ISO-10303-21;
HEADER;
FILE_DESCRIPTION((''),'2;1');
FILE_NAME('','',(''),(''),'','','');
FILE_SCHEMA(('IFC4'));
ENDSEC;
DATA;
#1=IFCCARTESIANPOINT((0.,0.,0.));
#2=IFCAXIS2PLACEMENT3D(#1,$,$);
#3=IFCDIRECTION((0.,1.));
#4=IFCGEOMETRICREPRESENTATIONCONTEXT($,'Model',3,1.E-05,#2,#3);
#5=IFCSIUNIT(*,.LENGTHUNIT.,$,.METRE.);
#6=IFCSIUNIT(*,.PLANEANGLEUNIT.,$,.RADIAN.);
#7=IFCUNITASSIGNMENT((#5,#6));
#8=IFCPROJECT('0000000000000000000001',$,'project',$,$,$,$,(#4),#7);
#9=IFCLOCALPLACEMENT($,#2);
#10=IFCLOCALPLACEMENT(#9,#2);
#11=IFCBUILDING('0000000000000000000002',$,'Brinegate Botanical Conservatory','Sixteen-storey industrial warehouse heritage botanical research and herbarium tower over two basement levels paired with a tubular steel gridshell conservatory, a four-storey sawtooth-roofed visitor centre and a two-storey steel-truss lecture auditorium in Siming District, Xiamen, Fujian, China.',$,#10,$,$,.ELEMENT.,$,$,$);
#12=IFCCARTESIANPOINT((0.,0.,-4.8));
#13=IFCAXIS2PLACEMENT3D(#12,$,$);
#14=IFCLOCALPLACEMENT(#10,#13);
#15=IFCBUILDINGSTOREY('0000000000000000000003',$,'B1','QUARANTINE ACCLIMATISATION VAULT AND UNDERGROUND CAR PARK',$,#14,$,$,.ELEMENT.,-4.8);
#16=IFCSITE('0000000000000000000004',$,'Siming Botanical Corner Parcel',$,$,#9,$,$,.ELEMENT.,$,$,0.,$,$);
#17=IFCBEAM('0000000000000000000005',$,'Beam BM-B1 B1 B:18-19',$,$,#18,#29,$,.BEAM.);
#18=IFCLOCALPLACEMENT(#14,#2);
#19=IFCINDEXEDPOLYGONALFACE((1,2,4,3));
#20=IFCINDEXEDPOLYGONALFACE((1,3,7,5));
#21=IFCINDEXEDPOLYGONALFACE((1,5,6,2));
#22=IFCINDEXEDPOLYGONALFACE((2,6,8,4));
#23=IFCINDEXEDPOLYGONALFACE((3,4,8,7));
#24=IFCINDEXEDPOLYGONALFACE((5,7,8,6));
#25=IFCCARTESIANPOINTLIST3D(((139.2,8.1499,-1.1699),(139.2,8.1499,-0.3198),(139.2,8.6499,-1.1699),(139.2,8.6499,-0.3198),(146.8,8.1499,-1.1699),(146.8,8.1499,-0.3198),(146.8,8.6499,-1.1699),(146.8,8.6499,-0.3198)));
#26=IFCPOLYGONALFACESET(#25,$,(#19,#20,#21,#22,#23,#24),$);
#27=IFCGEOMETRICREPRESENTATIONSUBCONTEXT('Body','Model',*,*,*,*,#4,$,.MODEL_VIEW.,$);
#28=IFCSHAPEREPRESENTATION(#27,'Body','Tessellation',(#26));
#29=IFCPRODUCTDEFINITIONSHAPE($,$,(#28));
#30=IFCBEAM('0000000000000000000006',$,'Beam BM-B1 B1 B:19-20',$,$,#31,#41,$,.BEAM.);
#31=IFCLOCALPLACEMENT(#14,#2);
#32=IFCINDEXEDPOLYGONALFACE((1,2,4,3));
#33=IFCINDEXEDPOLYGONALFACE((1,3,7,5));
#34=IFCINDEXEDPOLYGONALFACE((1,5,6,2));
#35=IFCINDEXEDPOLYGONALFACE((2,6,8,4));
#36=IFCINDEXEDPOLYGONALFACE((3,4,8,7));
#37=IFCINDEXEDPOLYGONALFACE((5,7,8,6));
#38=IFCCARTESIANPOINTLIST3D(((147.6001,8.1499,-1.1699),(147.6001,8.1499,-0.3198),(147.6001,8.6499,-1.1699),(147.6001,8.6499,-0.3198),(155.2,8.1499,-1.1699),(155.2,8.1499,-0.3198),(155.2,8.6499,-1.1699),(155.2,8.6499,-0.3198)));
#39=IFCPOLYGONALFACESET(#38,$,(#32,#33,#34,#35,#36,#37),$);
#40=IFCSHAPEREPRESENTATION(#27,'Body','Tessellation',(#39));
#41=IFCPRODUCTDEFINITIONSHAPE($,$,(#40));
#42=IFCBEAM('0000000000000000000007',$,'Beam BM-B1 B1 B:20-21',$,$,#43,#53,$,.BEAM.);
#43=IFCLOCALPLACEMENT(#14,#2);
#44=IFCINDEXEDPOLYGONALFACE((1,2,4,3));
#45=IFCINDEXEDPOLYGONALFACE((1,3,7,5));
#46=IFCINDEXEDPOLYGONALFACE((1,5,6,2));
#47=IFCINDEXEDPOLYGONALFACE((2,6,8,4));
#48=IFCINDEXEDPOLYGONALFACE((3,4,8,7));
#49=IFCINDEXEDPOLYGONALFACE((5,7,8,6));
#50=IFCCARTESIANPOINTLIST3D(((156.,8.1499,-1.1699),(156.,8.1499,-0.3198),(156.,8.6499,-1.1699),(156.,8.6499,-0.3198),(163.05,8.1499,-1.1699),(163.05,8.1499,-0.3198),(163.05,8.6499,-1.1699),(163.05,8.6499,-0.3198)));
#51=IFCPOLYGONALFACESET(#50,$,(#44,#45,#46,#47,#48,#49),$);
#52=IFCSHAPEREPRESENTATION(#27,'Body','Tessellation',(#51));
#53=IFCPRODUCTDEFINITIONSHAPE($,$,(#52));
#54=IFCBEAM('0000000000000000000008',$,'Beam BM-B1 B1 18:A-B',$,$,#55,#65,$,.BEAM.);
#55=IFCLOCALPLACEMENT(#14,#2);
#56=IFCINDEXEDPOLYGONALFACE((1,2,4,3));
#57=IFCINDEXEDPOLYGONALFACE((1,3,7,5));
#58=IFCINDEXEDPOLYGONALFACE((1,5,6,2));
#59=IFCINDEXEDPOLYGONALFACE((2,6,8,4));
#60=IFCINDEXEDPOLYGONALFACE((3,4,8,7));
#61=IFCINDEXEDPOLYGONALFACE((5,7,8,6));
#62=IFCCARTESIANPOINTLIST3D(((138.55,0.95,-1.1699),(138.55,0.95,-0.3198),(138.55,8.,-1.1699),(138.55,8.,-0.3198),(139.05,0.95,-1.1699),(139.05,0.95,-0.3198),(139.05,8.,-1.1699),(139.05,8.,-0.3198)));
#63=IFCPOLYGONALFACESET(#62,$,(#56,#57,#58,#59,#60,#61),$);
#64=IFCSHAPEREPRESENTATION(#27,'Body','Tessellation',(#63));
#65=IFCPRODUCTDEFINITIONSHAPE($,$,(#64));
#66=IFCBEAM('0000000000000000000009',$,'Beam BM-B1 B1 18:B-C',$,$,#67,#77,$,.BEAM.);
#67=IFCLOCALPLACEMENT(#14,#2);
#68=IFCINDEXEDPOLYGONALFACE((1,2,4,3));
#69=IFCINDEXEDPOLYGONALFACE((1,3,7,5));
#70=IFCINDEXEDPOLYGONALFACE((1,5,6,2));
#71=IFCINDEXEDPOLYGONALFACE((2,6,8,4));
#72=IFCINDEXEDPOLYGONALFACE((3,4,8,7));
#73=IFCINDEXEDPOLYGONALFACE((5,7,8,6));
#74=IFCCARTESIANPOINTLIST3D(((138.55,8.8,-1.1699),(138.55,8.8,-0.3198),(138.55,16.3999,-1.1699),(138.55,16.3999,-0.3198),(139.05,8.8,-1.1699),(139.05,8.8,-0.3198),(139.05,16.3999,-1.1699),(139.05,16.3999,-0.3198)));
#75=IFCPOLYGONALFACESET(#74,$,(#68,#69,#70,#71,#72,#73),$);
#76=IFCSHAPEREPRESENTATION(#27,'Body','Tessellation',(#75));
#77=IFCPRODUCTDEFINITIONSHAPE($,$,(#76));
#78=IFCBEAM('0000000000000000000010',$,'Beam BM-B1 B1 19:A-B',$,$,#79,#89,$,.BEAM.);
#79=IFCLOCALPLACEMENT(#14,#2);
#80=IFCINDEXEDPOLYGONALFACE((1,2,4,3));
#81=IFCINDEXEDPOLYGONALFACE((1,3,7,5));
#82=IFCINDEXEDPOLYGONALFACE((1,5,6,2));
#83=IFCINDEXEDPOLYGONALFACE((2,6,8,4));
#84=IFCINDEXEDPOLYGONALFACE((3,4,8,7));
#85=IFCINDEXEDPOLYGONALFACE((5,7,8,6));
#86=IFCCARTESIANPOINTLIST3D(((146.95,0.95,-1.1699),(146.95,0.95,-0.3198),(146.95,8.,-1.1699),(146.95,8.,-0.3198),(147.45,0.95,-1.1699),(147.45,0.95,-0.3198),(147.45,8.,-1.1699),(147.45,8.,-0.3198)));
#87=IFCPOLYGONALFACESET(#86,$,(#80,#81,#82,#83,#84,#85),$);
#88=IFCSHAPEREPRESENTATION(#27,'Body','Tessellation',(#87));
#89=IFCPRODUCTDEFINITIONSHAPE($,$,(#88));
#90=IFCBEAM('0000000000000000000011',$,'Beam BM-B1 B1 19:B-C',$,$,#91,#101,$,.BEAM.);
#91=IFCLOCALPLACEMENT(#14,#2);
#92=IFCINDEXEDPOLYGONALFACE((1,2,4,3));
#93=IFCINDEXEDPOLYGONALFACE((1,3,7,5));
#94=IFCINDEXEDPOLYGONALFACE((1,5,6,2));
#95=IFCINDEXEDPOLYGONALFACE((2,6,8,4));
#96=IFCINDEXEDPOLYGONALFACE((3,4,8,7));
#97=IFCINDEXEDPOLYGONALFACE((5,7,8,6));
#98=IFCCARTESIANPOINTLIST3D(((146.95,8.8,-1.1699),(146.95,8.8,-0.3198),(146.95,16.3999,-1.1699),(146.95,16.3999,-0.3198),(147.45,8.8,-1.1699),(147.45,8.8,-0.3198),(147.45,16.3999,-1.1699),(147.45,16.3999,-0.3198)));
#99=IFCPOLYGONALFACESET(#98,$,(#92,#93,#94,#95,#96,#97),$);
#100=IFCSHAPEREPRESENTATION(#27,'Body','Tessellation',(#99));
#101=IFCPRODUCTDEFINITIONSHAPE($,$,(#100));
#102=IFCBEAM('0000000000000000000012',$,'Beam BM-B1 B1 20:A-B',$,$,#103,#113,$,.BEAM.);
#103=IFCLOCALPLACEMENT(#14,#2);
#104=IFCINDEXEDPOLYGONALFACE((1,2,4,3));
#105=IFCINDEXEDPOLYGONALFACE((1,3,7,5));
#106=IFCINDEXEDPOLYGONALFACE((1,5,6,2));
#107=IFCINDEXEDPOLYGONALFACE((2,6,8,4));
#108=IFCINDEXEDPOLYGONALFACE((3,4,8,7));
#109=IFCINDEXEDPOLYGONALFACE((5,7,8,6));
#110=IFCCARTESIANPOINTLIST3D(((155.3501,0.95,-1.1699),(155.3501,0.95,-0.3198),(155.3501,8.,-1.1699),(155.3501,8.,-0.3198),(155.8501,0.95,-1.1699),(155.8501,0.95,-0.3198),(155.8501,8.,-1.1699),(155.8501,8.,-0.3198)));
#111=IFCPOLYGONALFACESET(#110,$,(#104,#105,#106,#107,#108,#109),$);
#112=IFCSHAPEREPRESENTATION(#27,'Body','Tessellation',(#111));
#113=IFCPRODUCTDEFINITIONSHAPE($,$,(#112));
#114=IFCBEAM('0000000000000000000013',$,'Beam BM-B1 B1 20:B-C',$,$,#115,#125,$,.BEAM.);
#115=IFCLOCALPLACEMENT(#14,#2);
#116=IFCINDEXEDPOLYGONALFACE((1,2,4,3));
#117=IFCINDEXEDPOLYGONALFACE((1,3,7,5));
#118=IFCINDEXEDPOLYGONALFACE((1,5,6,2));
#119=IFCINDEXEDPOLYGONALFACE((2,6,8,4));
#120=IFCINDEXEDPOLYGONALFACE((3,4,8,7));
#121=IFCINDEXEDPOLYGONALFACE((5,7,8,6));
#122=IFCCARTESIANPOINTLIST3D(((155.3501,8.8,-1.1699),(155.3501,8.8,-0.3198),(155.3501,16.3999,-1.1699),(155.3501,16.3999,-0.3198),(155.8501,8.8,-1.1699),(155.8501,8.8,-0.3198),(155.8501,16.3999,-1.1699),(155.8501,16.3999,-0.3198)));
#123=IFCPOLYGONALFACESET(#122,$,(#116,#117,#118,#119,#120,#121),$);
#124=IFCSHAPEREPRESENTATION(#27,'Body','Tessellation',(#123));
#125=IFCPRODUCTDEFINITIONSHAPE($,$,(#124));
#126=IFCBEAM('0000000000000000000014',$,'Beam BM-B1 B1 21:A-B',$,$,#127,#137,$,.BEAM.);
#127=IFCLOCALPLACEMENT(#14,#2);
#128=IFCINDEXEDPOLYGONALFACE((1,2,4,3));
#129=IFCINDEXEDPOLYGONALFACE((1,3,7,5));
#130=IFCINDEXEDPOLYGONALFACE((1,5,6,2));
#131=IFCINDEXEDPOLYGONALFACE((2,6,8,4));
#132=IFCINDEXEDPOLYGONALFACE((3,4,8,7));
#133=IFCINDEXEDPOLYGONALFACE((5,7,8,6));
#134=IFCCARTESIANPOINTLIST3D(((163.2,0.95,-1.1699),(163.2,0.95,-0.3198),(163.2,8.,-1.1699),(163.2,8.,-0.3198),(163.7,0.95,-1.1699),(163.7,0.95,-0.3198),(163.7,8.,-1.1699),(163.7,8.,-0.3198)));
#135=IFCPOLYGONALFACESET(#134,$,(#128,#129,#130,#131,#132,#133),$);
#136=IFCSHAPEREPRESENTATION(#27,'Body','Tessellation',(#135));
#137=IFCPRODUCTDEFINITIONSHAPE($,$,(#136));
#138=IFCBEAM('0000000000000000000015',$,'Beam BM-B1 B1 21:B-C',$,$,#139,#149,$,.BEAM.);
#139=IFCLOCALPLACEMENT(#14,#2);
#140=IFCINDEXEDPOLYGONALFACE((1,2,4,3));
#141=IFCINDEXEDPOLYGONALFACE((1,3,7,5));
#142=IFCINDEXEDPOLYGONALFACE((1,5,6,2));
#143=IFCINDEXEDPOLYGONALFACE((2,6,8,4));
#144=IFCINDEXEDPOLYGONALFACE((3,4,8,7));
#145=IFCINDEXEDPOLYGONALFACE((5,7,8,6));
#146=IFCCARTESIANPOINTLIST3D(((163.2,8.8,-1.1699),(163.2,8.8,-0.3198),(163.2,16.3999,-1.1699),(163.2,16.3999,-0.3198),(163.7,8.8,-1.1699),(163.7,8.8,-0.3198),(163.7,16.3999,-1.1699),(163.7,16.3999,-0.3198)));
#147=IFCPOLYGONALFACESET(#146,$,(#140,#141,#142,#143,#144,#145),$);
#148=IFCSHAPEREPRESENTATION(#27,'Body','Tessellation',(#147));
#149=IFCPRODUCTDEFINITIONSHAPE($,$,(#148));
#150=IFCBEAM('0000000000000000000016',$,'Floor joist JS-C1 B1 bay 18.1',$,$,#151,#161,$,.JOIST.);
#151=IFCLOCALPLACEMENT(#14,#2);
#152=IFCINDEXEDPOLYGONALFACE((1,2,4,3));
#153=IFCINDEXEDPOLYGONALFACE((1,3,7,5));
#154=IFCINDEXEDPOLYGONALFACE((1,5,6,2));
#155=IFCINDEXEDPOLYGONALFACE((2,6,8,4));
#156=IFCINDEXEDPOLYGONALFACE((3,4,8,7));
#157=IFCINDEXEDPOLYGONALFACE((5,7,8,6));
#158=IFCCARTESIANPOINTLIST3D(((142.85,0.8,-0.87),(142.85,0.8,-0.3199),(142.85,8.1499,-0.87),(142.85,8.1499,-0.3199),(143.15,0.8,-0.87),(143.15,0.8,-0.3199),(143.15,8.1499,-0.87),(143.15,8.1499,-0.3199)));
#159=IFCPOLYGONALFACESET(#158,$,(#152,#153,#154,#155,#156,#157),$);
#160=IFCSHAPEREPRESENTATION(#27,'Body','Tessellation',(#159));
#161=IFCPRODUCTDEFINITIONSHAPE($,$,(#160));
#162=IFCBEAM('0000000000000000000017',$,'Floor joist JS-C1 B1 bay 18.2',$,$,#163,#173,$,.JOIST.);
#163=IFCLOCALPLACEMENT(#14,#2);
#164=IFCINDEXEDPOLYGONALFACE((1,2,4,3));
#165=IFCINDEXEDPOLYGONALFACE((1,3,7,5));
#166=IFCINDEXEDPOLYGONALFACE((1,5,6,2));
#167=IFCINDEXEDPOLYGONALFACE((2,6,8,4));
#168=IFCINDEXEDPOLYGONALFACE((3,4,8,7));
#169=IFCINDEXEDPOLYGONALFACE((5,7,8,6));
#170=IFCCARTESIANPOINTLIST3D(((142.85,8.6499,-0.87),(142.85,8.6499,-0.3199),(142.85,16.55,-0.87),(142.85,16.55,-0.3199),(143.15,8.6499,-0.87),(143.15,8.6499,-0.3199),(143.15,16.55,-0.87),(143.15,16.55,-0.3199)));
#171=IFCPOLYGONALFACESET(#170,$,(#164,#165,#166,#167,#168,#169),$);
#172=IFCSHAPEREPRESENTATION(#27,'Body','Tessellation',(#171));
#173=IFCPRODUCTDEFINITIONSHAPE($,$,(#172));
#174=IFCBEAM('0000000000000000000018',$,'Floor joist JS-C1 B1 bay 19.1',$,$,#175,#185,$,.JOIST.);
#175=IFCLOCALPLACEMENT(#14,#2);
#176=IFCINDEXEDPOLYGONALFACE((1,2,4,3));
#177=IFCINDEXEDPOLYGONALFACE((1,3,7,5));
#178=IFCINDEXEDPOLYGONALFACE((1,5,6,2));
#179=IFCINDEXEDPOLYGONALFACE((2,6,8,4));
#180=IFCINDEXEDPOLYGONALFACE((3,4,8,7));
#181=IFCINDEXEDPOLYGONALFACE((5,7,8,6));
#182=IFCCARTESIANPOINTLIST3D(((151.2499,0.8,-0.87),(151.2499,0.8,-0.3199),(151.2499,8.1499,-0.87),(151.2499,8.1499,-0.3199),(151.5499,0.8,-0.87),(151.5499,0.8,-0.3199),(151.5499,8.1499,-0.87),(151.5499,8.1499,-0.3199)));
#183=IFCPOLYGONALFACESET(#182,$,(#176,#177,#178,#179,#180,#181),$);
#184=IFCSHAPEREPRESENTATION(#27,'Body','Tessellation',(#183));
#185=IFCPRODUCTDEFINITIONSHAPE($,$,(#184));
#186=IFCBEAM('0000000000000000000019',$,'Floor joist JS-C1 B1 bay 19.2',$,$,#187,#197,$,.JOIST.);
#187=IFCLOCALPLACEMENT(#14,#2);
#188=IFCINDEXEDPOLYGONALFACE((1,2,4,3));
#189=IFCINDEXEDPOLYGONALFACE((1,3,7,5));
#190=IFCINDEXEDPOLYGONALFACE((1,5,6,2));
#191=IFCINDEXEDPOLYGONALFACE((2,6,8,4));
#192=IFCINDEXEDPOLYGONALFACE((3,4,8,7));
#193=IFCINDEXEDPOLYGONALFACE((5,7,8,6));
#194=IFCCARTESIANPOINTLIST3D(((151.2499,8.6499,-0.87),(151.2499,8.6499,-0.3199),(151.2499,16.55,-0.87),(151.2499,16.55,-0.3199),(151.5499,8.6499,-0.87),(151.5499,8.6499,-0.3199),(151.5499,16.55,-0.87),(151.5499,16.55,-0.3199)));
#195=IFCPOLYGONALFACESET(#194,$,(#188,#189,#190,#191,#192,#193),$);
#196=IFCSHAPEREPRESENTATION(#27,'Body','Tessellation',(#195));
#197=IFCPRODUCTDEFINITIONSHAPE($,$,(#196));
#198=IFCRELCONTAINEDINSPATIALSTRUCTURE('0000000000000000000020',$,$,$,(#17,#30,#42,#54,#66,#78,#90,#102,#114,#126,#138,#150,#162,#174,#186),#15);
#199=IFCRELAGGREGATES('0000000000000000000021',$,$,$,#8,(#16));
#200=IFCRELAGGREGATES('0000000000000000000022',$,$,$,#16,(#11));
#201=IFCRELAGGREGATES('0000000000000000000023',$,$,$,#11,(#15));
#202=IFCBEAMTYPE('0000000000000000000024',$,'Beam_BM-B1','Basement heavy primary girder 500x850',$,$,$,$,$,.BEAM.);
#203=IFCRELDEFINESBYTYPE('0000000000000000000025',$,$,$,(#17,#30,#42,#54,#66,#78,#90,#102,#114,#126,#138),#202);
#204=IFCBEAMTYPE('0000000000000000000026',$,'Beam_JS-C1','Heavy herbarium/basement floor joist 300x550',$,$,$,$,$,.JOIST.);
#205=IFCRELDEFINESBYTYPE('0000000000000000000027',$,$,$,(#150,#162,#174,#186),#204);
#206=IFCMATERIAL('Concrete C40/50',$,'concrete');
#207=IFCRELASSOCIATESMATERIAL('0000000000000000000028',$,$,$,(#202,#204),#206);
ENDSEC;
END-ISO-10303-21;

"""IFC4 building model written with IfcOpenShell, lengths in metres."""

from ifc_helpers import new_model, si_unit, direction, frame, origin, origin_2d, place, context, subcontext, project, spatial, rectangle, extrude, material, material_profile, profile_set, type_object, element, save


model = new_model("IFC4")

# Units and contexts
model_context = context("Model", 3, precision=1e-05, world=origin(), true_north=direction((0.0, 1.0)))
body_context = subcontext(model_context, "Body", "Model", "MODEL_VIEW")
ifc_project = project(units=[si_unit("LENGTHUNIT", "METRE"), si_unit("PLANEANGLEUNIT", "RADIAN")], contexts=[model_context])

# Site, building, storey
site_placement = place(None, origin())
site = spatial("IfcSite", under=ifc_project, at=site_placement, Name="Siming Botanical Corner Parcel", CompositionType="ELEMENT", RefElevation=0.0)
building_placement = place(site_placement, origin())
building = spatial("IfcBuilding", under=site, at=building_placement, Name="Brinegate Botanical Conservatory", Description="Sixteen-storey industrial warehouse heritage botanical research and herbarium tower over two basement levels paired with a tubular steel gridshell conservatory, a four-storey sawtooth-roofed visitor centre and a two-storey steel-truss lecture auditorium in Siming District, Xiamen, Fujian, China.", CompositionType="ELEMENT")
storey_placement = place(building_placement, frame((0.0, 0.0, -4.8)))
storey = spatial("IfcBuildingStorey", under=building, at=storey_placement, Name="B1", Description="QUARANTINE ACCLIMATISATION VAULT AND UNDERGROUND CAR PARK", CompositionType="ELEMENT", Elevation=-4.8)

# Shared definitions
ifc_material_1 = material(Name="Concrete C40/50", Category="concrete")

# Beams
ifc_material_profile_1 = material_profile(ifc_material_1, rectangle(XDim=0.5, YDim=0.8501, at=origin_2d()), Name="RC BM 500x850")
ifc_profile_set_1 = profile_set([ifc_material_profile_1], Name="Concrete C40/50")
beam_type_1 = type_object("IfcBeamType", Name="Beam_BM-B1", Description="Basement heavy primary girder 500x850", PredefinedType="BEAM", material=ifc_profile_set_1)
beam_1_placement = place(storey_placement, frame((139.2, 8.3999, -0.7449), z_axis=(1.0, 0.0, 0.0), x_axis=(0.0, 1.0, 0.0)))
element("IfcBeam", 1, at=beam_1_placement, inside=storey, type_object=beam_type_1, Name="Beam BM-B1 B1 B:18-19", PredefinedType="BEAM", context=body_context, shape_type="SweptSolid", body=[
    extrude(rectangle(XDim=0.5, YDim=0.8501, at=origin_2d()), origin(), (0.0, 0.0, 1.0), 7.6001),
])
beam_2_placement = place(storey_placement, frame((147.6001, 8.3999, -0.7449), z_axis=(1.0, 0.0, 0.0), x_axis=(0.0, 1.0, 0.0)))
element("IfcBeam", 2, at=beam_2_placement, inside=storey, type_object=beam_type_1, Name="Beam BM-B1 B1 B:19-20", PredefinedType="BEAM", context=body_context, shape_type="SweptSolid", body=[
    extrude(rectangle(XDim=0.5, YDim=0.8501, at=origin_2d()), origin(), (0.0, 0.0, 1.0), 7.5999),
])
for number, where, z_axis, x_axis, name in (
    (3, (156.0, 8.3999, -0.7449), (1.0, 0.0, 0.0), (0.0, 1.0, 0.0), "Beam BM-B1 B1 B:20-21"),
    (4, (138.8, 0.95, -0.7449), (0.0, 1.0, 0.0), (-1.0, 0.0, 0.0), "Beam BM-B1 B1 18:A-B"),
):
    element("IfcBeam", number, at=place(storey_placement, frame(where, z_axis=z_axis, x_axis=x_axis)), inside=storey, type_object=beam_type_1, Name=name, PredefinedType="BEAM", context=body_context, shape_type="SweptSolid", body=[
        extrude(rectangle(XDim=0.5, YDim=0.8501, at=origin_2d()), origin(), (0.0, 0.0, 1.0), 7.05),
    ])
beam_3_placement = place(storey_placement, frame((138.8, 8.8, -0.7449), z_axis=(0.0, 1.0, 0.0), x_axis=(-1.0, 0.0, 0.0)))
element("IfcBeam", 5, at=beam_3_placement, inside=storey, type_object=beam_type_1, Name="Beam BM-B1 B1 18:B-C", PredefinedType="BEAM", context=body_context, shape_type="SweptSolid", body=[
    extrude(rectangle(XDim=0.5, YDim=0.8501, at=origin_2d()), origin(), (0.0, 0.0, 1.0), 7.5999),
])
beam_4_placement = place(storey_placement, frame((147.2, 0.95, -0.7449), z_axis=(0.0, 1.0, 0.0), x_axis=(-1.0, 0.0, 0.0)))
element("IfcBeam", 6, at=beam_4_placement, inside=storey, type_object=beam_type_1, Name="Beam BM-B1 B1 19:A-B", PredefinedType="BEAM", context=body_context, shape_type="SweptSolid", body=[
    extrude(rectangle(XDim=0.5, YDim=0.8501, at=origin_2d()), origin(), (0.0, 0.0, 1.0), 7.05),
])
beam_5_placement = place(storey_placement, frame((147.2, 8.8, -0.7449), z_axis=(0.0, 1.0, 0.0), x_axis=(-1.0, 0.0, 0.0)))
element("IfcBeam", 7, at=beam_5_placement, inside=storey, type_object=beam_type_1, Name="Beam BM-B1 B1 19:B-C", PredefinedType="BEAM", context=body_context, shape_type="SweptSolid", body=[
    extrude(rectangle(XDim=0.5, YDim=0.8501, at=origin_2d()), origin(), (0.0, 0.0, 1.0), 7.5999),
])
beam_6_placement = place(storey_placement, frame((155.6001, 0.95, -0.7449), z_axis=(0.0, 1.0, 0.0), x_axis=(-1.0, 0.0, 0.0)))
element("IfcBeam", 8, at=beam_6_placement, inside=storey, type_object=beam_type_1, Name="Beam BM-B1 B1 20:A-B", PredefinedType="BEAM", context=body_context, shape_type="SweptSolid", body=[
    extrude(rectangle(XDim=0.5, YDim=0.8501, at=origin_2d()), origin(), (0.0, 0.0, 1.0), 7.05),
])
beam_7_placement = place(storey_placement, frame((155.6001, 8.8, -0.7449), z_axis=(0.0, 1.0, 0.0), x_axis=(-1.0, 0.0, 0.0)))
element("IfcBeam", 9, at=beam_7_placement, inside=storey, type_object=beam_type_1, Name="Beam BM-B1 B1 20:B-C", PredefinedType="BEAM", context=body_context, shape_type="SweptSolid", body=[
    extrude(rectangle(XDim=0.5, YDim=0.8501, at=origin_2d()), origin(), (0.0, 0.0, 1.0), 7.5999),
])
beam_8_placement = place(storey_placement, frame((163.45, 0.95, -0.7449), z_axis=(0.0, 1.0, 0.0), x_axis=(-1.0, 0.0, 0.0)))
element("IfcBeam", 10, at=beam_8_placement, inside=storey, type_object=beam_type_1, Name="Beam BM-B1 B1 21:A-B", PredefinedType="BEAM", context=body_context, shape_type="SweptSolid", body=[
    extrude(rectangle(XDim=0.5, YDim=0.8501, at=origin_2d()), origin(), (0.0, 0.0, 1.0), 7.05),
])
beam_9_placement = place(storey_placement, frame((163.45, 8.8, -0.7449), z_axis=(0.0, 1.0, 0.0), x_axis=(-1.0, 0.0, 0.0)))
element("IfcBeam", 11, at=beam_9_placement, inside=storey, type_object=beam_type_1, Name="Beam BM-B1 B1 21:B-C", PredefinedType="BEAM", context=body_context, shape_type="SweptSolid", body=[
    extrude(rectangle(XDim=0.5, YDim=0.8501, at=origin_2d()), origin(), (0.0, 0.0, 1.0), 7.5999),
])
ifc_material_profile_2 = material_profile(ifc_material_1, rectangle(XDim=0.3, YDim=0.55, at=origin_2d()), Name="RC JST 300x550")
ifc_profile_set_2 = profile_set([ifc_material_profile_2], Name="Concrete C40/50")
beam_type_2 = type_object("IfcBeamType", Name="Beam_JS-C1", Description="Heavy herbarium/basement floor joist 300x550", PredefinedType="JOIST", material=ifc_profile_set_2)
beam_10_placement = place(storey_placement, frame((143.0, 0.8, -0.595), z_axis=(0.0, 1.0, 0.0), x_axis=(-1.0, 0.0, 0.0)))
element("IfcBeam", 12, at=beam_10_placement, inside=storey, type_object=beam_type_2, Name="Floor joist JS-C1 B1 bay 18.1", PredefinedType="JOIST", context=body_context, shape_type="SweptSolid", body=[
    extrude(rectangle(XDim=0.3, YDim=0.55, at=origin_2d()), origin(), (0.0, 0.0, 1.0), 7.3499),
])
beam_11_placement = place(storey_placement, frame((143.0, 8.6499, -0.595), z_axis=(0.0, 1.0, 0.0), x_axis=(-1.0, 0.0, 0.0)))
element("IfcBeam", 13, at=beam_11_placement, inside=storey, type_object=beam_type_2, Name="Floor joist JS-C1 B1 bay 18.2", PredefinedType="JOIST", context=body_context, shape_type="SweptSolid", body=[
    extrude(rectangle(XDim=0.3, YDim=0.55, at=origin_2d()), origin(), (0.0, 0.0, 1.0), 7.9001),
])
beam_12_placement = place(storey_placement, frame((151.3999, 0.8, -0.595), z_axis=(0.0, 1.0, 0.0), x_axis=(-1.0, 0.0, 0.0)))
element("IfcBeam", 14, at=beam_12_placement, inside=storey, type_object=beam_type_2, Name="Floor joist JS-C1 B1 bay 19.1", PredefinedType="JOIST", context=body_context, shape_type="SweptSolid", body=[
    extrude(rectangle(XDim=0.3, YDim=0.55, at=origin_2d()), origin(), (0.0, 0.0, 1.0), 7.3499),
])
beam_13_placement = place(storey_placement, frame((151.3999, 8.6499, -0.595), z_axis=(0.0, 1.0, 0.0), x_axis=(-1.0, 0.0, 0.0)))
element("IfcBeam", 15, at=beam_13_placement, inside=storey, type_object=beam_type_2, Name="Floor joist JS-C1 B1 bay 19.2", PredefinedType="JOIST", context=body_context, shape_type="SweptSolid", body=[
    extrude(rectangle(XDim=0.3, YDim=0.55, at=origin_2d()), origin(), (0.0, 0.0, 1.0), 7.9001),
])

save(model, "model.ifc")
